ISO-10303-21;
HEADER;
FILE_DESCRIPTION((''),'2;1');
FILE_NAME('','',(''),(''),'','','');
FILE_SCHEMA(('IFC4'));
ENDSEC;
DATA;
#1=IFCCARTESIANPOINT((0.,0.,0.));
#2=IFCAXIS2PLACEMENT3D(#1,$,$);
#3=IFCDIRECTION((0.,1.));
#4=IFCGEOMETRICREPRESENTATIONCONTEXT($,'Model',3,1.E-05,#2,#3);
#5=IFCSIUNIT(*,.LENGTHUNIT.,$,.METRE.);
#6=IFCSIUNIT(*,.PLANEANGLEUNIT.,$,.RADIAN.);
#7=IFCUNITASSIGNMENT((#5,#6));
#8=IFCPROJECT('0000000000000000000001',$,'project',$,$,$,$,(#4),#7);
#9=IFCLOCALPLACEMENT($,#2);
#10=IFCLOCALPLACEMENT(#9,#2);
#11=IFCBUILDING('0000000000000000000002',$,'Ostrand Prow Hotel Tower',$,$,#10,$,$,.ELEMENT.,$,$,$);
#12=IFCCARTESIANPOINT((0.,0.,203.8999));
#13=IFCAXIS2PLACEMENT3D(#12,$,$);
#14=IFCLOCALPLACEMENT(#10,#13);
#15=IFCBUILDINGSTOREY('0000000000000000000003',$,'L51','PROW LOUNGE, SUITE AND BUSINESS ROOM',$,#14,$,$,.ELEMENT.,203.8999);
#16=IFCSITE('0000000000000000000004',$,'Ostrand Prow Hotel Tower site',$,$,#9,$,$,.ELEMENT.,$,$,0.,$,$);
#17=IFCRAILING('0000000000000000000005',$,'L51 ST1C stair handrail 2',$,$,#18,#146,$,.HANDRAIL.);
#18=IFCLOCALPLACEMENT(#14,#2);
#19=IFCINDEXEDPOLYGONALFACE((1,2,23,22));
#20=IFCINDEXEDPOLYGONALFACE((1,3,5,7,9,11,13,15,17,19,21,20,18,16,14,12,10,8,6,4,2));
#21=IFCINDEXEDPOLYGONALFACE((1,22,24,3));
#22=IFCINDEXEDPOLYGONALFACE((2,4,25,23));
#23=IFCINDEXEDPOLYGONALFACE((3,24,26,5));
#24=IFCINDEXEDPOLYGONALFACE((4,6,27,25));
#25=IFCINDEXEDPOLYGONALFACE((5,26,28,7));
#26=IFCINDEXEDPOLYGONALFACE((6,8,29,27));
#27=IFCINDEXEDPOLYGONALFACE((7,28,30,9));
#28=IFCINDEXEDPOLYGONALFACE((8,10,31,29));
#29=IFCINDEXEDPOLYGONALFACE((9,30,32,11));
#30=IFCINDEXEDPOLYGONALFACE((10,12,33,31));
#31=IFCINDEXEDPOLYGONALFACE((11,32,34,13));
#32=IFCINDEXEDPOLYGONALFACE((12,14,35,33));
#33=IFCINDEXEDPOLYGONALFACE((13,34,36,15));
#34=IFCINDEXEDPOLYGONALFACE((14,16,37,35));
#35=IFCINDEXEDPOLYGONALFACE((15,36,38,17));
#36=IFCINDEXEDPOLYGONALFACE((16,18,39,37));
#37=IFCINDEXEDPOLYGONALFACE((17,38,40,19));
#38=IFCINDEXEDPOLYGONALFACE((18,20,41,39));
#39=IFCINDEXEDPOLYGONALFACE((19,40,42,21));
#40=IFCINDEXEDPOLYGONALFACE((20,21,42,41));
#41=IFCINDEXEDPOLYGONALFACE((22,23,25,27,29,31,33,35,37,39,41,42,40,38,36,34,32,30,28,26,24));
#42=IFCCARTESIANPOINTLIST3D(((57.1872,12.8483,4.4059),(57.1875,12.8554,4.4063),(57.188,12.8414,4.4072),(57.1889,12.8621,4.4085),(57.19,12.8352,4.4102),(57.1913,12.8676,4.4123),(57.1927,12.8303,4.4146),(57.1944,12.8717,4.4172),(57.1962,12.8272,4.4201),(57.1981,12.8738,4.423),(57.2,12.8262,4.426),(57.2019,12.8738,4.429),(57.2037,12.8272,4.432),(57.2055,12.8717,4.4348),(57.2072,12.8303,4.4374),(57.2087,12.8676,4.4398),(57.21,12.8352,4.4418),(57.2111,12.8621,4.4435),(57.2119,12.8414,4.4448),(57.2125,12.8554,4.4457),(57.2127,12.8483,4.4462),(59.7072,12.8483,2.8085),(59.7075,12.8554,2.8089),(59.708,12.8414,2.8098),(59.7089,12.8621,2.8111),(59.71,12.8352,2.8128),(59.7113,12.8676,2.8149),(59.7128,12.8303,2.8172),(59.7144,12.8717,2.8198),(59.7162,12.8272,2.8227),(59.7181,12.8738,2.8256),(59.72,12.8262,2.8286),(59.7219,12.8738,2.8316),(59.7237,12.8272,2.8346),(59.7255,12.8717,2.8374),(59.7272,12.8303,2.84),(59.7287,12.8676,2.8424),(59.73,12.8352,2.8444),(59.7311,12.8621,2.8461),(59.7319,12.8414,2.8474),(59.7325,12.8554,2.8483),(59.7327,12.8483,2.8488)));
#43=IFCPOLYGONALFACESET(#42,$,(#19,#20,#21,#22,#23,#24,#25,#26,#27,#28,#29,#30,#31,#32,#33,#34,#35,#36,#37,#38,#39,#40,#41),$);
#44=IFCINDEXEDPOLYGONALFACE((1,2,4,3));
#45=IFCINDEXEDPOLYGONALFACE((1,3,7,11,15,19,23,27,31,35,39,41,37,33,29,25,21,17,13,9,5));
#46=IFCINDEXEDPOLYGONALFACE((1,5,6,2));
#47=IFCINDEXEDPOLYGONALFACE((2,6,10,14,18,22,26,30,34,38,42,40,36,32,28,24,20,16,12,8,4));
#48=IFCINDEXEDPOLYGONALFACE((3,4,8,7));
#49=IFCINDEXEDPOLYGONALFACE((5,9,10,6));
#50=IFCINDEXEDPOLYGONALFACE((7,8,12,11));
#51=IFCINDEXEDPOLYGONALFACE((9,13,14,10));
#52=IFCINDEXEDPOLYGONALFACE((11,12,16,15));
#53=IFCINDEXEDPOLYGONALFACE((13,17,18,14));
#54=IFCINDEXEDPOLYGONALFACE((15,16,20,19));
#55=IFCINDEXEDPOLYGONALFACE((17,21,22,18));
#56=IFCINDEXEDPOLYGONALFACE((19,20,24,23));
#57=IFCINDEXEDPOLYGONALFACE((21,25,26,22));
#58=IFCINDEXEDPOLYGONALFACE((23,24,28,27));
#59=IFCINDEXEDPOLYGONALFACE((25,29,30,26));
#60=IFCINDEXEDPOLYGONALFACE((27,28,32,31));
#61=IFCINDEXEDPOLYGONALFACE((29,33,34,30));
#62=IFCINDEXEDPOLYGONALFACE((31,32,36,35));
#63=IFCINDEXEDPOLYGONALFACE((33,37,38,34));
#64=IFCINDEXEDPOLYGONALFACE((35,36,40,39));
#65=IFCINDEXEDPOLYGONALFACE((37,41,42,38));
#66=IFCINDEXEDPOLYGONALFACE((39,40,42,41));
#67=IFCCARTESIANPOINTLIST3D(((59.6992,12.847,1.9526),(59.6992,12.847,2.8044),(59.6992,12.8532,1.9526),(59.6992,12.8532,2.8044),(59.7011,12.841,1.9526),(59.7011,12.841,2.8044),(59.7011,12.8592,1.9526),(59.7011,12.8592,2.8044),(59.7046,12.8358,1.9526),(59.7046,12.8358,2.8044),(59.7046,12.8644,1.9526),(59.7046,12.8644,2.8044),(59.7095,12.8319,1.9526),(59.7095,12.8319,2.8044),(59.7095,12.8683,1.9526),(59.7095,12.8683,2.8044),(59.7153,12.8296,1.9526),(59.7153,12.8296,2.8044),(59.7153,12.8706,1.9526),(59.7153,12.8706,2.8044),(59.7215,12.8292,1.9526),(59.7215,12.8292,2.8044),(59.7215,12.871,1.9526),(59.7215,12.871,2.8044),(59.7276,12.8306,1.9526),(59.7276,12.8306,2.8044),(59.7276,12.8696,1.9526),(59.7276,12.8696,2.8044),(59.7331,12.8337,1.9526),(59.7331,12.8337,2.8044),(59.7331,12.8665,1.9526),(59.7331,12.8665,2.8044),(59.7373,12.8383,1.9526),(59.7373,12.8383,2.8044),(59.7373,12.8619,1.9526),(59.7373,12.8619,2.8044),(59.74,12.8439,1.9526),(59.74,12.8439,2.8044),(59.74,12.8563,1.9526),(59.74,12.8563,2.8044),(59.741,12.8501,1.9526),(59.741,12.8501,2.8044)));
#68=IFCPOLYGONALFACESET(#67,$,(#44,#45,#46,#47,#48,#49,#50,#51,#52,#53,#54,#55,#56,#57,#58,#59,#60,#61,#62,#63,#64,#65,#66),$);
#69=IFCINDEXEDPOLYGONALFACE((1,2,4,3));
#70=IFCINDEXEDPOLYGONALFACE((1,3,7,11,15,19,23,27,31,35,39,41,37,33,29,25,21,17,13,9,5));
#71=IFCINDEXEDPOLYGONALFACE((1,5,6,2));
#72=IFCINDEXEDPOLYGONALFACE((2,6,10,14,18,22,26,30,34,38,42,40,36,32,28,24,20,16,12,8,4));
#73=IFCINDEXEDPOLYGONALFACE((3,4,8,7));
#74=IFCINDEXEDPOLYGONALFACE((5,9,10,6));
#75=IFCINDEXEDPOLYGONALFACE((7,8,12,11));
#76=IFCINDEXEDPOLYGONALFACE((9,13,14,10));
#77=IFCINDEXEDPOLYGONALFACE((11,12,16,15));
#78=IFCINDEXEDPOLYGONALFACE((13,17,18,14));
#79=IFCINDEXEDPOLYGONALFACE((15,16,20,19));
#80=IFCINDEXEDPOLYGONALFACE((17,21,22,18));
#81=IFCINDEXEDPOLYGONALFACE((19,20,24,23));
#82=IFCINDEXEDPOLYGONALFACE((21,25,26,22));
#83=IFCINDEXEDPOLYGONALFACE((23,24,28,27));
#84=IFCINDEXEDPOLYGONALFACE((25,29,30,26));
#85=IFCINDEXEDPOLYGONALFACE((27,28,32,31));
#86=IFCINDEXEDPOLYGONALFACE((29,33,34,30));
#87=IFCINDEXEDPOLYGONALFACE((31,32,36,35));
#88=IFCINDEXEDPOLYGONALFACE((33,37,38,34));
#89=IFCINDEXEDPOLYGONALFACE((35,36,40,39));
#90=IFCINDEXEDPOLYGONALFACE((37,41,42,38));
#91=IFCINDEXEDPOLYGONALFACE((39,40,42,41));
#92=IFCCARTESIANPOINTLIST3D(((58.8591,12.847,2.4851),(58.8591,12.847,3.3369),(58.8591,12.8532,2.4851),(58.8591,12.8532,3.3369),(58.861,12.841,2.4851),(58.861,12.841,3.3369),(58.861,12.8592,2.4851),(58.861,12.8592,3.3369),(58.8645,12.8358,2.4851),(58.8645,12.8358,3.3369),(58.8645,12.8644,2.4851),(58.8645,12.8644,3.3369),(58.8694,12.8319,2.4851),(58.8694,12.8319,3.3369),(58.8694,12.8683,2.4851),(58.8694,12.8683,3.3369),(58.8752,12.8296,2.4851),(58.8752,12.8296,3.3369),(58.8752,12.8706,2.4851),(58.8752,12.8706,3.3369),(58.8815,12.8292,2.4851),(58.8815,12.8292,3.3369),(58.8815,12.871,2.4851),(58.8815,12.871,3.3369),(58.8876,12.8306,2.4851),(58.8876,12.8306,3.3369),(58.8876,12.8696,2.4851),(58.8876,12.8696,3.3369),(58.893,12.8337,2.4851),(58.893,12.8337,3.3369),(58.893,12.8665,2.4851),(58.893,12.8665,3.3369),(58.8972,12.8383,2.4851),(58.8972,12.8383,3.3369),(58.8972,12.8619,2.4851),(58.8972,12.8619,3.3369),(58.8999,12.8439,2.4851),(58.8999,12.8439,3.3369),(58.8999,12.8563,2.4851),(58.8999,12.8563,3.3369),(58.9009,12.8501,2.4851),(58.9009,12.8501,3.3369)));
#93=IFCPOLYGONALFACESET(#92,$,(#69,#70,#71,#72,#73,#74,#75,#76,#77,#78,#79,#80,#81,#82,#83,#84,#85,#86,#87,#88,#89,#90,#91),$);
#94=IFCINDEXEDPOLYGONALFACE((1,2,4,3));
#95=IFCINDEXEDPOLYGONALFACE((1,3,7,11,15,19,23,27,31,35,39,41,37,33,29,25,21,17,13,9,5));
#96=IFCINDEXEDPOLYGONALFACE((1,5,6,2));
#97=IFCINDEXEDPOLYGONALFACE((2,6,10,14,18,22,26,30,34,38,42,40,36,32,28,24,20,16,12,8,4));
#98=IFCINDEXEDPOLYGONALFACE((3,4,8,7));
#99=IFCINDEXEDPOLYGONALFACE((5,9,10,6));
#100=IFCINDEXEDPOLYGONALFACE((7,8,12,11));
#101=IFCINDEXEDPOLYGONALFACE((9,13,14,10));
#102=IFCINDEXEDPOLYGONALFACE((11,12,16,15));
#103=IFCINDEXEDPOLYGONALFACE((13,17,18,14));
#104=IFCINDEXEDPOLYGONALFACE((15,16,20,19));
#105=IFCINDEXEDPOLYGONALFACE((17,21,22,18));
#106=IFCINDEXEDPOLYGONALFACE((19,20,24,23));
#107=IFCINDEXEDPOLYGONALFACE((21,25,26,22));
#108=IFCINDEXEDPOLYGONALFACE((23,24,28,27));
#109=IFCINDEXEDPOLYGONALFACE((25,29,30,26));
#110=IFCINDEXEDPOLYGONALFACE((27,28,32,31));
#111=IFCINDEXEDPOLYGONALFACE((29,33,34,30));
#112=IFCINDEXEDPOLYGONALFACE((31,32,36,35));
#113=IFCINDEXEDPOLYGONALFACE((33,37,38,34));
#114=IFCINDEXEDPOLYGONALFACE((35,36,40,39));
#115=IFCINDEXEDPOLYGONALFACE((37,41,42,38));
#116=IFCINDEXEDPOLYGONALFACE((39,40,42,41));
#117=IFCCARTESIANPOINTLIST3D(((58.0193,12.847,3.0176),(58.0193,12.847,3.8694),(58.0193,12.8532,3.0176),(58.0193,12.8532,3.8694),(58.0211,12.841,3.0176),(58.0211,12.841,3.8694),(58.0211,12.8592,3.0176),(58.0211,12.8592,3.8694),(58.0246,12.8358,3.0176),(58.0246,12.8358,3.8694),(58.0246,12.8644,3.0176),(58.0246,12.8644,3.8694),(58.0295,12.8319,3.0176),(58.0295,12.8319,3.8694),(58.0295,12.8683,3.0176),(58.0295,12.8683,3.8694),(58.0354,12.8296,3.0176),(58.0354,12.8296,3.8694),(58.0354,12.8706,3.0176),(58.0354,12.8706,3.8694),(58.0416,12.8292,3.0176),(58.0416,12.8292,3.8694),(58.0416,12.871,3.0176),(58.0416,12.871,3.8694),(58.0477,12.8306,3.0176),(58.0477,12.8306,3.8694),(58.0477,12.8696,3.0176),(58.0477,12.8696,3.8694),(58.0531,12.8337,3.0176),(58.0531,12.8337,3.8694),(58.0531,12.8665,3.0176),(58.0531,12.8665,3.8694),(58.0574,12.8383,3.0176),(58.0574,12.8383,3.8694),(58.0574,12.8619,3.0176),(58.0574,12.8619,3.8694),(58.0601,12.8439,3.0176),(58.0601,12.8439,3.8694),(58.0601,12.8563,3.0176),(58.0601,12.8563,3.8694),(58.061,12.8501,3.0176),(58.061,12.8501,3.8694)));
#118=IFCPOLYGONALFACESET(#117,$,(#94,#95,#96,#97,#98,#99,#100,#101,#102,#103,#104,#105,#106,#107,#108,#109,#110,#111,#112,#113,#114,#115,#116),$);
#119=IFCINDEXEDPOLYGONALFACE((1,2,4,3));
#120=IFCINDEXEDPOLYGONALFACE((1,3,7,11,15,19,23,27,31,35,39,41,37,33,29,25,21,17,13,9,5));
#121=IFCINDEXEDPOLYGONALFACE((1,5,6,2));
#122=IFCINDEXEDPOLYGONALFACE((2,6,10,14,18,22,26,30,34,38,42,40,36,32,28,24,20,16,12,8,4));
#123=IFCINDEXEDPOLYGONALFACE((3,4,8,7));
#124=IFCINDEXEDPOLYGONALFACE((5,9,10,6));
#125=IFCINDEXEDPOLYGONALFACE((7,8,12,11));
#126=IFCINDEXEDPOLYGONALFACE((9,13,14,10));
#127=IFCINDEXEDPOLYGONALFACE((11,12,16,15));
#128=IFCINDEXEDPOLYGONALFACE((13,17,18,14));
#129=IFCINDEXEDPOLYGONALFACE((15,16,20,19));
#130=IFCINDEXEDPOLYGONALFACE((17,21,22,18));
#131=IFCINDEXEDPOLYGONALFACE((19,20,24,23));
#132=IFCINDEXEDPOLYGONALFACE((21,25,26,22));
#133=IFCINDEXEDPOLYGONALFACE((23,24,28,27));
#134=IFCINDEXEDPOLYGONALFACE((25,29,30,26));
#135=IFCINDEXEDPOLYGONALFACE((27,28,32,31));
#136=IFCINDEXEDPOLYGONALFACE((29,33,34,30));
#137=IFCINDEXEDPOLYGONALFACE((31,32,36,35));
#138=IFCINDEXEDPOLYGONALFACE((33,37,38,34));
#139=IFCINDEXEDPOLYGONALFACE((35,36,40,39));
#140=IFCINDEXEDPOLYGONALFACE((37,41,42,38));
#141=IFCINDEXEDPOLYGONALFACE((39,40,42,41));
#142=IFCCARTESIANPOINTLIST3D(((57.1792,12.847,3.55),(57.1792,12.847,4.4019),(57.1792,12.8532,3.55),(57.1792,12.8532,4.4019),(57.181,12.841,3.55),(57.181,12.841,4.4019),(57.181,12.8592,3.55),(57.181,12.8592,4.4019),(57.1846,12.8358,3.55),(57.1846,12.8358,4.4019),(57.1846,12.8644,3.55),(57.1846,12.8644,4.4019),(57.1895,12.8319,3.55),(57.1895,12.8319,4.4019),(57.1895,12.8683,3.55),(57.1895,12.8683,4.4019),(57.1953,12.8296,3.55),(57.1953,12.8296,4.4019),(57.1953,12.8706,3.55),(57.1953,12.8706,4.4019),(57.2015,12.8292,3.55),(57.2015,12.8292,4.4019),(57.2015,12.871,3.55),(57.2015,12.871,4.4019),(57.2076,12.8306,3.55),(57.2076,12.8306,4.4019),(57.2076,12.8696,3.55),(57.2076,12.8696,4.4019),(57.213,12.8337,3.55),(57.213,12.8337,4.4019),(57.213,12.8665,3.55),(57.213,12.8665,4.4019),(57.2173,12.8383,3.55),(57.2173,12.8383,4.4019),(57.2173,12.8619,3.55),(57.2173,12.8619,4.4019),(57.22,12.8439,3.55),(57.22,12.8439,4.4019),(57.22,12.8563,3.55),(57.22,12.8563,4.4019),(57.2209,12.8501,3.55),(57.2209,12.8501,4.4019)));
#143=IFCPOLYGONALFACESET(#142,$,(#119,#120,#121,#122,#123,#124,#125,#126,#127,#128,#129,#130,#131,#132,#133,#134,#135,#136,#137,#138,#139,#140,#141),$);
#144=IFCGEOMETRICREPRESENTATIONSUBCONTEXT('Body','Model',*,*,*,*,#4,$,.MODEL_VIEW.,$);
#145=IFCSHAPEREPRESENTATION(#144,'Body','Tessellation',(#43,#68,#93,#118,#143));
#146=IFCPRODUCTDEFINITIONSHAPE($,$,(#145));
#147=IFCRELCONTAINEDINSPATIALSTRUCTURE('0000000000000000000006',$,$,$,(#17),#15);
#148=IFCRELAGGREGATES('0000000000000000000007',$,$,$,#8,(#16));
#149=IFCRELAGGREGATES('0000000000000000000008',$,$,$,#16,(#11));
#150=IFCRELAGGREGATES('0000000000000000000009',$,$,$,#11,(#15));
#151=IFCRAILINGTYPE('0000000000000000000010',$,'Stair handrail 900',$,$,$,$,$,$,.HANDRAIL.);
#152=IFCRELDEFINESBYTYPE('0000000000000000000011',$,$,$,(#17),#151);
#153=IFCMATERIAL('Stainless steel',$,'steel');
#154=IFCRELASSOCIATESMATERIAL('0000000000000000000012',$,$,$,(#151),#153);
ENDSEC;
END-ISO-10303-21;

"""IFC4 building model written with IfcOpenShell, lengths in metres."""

from ifc_helpers import new_model, si_unit, direction, frame, origin, origin_2d, place, context, subcontext, project, spatial, circle, extrude, material, type_object, element, save


model = new_model("IFC4")

# Units and contexts
model_context = context("Model", 3, precision=1e-05, world=origin(), true_north=direction((0.0, 1.0)))
body_context = subcontext(model_context, "Body", "Model", "MODEL_VIEW")
ifc_project = project(units=[si_unit("LENGTHUNIT", "METRE"), si_unit("PLANEANGLEUNIT", "RADIAN")], contexts=[model_context])

# Site, building, storey
site_placement = place(None, origin())
site = spatial("IfcSite", under=ifc_project, at=site_placement, Name="Ostrand Prow Hotel Tower site", CompositionType="ELEMENT", RefElevation=0.0)
building_placement = place(site_placement, origin())
building = spatial("IfcBuilding", under=site, at=building_placement, Name="Ostrand Prow Hotel Tower", CompositionType="ELEMENT")
storey_placement = place(building_placement, frame((0.0, 0.0, 203.8999)))
storey = spatial("IfcBuildingStorey", under=building, at=storey_placement, Name="L51", Description="PROW LOUNGE, SUITE AND BUSINESS ROOM", CompositionType="ELEMENT", Elevation=203.8999)

# Railing
ifc_material_1 = material(Name="Stainless steel", Category="steel")
railing_type_1 = type_object("IfcRailingType", Name="Stair handrail 900", PredefinedType="HANDRAIL", material=ifc_material_1)
railing_1_placement = place(storey_placement, frame((59.72, 12.8501, 1.9526)))
element("IfcRailing", 1, at=railing_1_placement, inside=storey, type_object=railing_type_1, Name="L51 ST1C stair handrail 2", PredefinedType="HANDRAIL", context=body_context, shape_type="SweptSolid", body=[
    extrude(circle(Radius=0.0239, at=origin_2d()), frame((0.0, 0.0, 0.876), z_axis=(-0.844607, 0.0, 0.535387), x_axis=(0.0, -1.0, 0.0)), (0.0, 0.0, 1.0), 2.9836),
    extrude(circle(Radius=0.021, at=origin_2d()), origin(), (0.0, 0.0, 1.0), 0.8518),
    extrude(circle(Radius=0.021, at=origin_2d()), frame((-0.8401, 0.0, 0.5325)), (0.0, 0.0, 1.0), 0.8518),
    extrude(circle(Radius=0.021, at=origin_2d()), frame((-1.6799, 0.0, 1.0649)), (0.0, 0.0, 1.0), 0.8518),
    extrude(circle(Radius=0.021, at=origin_2d()), frame((-2.52, 0.0, 1.5974)), (0.0, 0.0, 1.0), 0.8518),
])

save(model, "model.ifc")
